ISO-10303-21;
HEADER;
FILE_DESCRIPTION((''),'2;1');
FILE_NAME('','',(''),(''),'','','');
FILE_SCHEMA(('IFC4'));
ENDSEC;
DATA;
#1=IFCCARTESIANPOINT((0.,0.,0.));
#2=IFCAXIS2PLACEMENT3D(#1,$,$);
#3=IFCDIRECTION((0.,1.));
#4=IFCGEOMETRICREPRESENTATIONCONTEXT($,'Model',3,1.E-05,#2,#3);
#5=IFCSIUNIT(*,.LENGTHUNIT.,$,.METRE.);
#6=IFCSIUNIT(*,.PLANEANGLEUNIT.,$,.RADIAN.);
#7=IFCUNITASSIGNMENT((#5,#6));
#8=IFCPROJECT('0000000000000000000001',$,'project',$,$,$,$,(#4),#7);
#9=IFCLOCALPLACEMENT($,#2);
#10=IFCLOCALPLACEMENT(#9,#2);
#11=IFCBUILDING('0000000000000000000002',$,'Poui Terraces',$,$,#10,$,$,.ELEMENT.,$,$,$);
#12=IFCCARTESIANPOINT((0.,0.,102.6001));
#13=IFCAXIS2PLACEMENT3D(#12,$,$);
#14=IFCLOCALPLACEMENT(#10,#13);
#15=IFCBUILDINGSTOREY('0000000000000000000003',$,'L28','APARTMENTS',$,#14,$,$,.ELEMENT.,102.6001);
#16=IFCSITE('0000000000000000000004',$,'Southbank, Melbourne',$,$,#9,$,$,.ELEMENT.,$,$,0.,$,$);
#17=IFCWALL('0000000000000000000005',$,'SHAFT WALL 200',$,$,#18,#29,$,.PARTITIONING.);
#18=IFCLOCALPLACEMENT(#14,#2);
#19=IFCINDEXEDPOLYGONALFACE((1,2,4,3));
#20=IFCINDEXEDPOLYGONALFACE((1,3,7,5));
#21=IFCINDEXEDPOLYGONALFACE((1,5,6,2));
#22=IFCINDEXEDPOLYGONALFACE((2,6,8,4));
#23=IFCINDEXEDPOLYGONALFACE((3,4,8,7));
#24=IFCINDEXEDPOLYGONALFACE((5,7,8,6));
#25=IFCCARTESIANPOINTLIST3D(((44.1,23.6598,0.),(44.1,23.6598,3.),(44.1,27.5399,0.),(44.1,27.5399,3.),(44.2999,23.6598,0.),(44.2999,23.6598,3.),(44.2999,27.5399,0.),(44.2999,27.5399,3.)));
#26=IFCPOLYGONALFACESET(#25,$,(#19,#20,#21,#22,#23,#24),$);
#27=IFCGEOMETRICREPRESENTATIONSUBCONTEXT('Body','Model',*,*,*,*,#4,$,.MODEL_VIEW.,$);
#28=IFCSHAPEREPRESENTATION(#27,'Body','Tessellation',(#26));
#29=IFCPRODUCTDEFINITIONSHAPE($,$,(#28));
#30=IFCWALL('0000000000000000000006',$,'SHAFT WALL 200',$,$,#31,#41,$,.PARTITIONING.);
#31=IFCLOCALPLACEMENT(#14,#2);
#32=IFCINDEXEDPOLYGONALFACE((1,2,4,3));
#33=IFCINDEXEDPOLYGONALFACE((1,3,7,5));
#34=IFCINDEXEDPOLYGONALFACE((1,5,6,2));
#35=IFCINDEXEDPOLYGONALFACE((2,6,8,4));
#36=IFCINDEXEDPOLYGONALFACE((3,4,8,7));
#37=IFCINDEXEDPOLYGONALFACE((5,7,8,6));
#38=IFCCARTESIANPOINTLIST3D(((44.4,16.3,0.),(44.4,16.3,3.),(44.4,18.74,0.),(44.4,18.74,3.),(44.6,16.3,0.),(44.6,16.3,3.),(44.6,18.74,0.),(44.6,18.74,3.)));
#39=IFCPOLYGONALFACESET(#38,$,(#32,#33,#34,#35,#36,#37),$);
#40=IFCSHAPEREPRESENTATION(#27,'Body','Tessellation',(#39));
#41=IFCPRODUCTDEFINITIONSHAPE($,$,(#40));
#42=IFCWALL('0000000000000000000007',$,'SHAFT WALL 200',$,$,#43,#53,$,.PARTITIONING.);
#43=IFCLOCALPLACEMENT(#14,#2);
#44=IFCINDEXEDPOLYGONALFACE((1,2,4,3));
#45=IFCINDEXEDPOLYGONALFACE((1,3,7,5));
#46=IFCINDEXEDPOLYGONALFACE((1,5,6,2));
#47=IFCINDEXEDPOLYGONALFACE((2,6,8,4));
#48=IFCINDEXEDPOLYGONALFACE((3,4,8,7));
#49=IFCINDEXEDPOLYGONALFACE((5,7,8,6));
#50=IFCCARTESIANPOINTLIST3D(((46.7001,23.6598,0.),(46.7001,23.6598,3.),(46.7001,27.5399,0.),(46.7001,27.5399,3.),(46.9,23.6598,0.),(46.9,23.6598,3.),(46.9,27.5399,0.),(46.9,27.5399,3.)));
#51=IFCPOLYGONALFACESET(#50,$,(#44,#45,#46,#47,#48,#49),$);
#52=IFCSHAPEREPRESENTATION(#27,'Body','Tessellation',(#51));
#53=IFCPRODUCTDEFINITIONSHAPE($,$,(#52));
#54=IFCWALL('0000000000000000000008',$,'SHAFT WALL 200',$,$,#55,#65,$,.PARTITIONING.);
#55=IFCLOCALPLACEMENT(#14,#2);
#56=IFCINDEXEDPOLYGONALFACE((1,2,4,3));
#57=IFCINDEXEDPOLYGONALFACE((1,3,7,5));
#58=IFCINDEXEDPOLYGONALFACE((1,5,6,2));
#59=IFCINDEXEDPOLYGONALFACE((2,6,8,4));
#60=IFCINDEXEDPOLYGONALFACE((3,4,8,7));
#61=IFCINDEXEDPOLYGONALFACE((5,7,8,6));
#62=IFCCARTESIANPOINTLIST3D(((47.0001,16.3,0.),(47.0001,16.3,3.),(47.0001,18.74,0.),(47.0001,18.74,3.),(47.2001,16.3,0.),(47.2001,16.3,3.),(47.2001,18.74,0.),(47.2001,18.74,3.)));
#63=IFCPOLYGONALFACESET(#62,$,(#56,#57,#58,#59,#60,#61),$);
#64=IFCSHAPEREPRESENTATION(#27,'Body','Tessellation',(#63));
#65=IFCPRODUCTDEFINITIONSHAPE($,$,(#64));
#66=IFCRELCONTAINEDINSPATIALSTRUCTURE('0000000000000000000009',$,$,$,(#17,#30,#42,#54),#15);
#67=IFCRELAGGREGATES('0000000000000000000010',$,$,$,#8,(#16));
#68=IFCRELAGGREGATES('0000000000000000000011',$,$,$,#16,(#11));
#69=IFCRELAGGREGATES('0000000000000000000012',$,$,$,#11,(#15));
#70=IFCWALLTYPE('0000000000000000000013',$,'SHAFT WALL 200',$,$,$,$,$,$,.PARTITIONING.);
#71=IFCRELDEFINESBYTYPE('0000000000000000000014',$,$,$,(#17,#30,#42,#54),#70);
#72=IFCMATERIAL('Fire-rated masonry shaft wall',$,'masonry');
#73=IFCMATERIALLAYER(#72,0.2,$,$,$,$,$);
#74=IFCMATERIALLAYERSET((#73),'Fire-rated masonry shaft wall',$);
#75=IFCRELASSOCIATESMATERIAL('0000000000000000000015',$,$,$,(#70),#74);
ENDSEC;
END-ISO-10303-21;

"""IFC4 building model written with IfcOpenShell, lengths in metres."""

from ifc_helpers import new_model, si_unit, direction, frame, frame_2d, origin, place, context, subcontext, project, spatial, rectangle, extrude, material, layer, layer_set, type_object, element, save


model = new_model("IFC4")

# Units and contexts
model_context = context("Model", 3, precision=1e-05, world=origin(), true_north=direction((0.0, 1.0)))
body_context = subcontext(model_context, "Body", "Model", "MODEL_VIEW")
ifc_project = project(units=[si_unit("LENGTHUNIT", "METRE"), si_unit("PLANEANGLEUNIT", "RADIAN")], contexts=[model_context])

# Site, building, storey
site_placement = place(None, origin())
site = spatial("IfcSite", under=ifc_project, at=site_placement, Name="Southbank, Melbourne", CompositionType="ELEMENT", RefElevation=0.0)
building_placement = place(site_placement, origin())
building = spatial("IfcBuilding", under=site, at=building_placement, Name="Poui Terraces", CompositionType="ELEMENT")
storey_placement = place(building_placement, frame((0.0, 0.0, 102.6001)))
storey = spatial("IfcBuildingStorey", under=building, at=storey_placement, Name="L28", Description="APARTMENTS", CompositionType="ELEMENT", Elevation=102.6001)

# Shared definitions
ifc_material_1 = material(Name="Fire-rated masonry shaft wall", Category="masonry")
ifc_layer_1 = layer(ifc_material_1, 0.2)
ifc_layer_set_1 = layer_set([ifc_layer_1], Name="Fire-rated masonry shaft wall")
wall_type_1 = type_object("IfcWallType", Name="SHAFT WALL 200", PredefinedType="PARTITIONING", material=ifc_layer_set_1)

# Walls
wall_1_placement = place(storey_placement, frame((44.2, 23.6599, 0.0), z_axis=(0.0, 0.0, 1.0), x_axis=(0.0, 1.0, 0.0)))
element("IfcWall", 1, at=wall_1_placement, inside=storey, type_object=wall_type_1, Name="SHAFT WALL 200", PredefinedType="PARTITIONING", context=body_context, shape_type="SweptSolid", body=[
    extrude(rectangle(XDim=3.8801, YDim=0.2, at=frame_2d((1.9399, 0.0))), origin(), (0.0, 0.0, 1.0), 3.0),
])
wall_2_placement = place(storey_placement, frame((44.5, 16.3, 0.0), z_axis=(0.0, 0.0, 1.0), x_axis=(0.0, 1.0, 0.0)))
element("IfcWall", 2, at=wall_2_placement, inside=storey, type_object=wall_type_1, Name="SHAFT WALL 200", PredefinedType="PARTITIONING", context=body_context, shape_type="SweptSolid", body=[
    extrude(rectangle(XDim=2.4399, YDim=0.2, at=frame_2d((1.22, 0.0))), origin(), (0.0, 0.0, 1.0), 3.0),
])
wall_3_placement = place(storey_placement, frame((46.8, 23.6599, 0.0), z_axis=(0.0, 0.0, 1.0), x_axis=(0.0, 1.0, 0.0)))
element("IfcWall", 3, at=wall_3_placement, inside=storey, type_object=wall_type_1, Name="SHAFT WALL 200", PredefinedType="PARTITIONING", context=body_context, shape_type="SweptSolid", body=[
    extrude(rectangle(XDim=3.8801, YDim=0.2, at=frame_2d((1.9399, 0.0))), origin(), (0.0, 0.0, 1.0), 3.0),
])
wall_4_placement = place(storey_placement, frame((47.1001, 16.3, 0.0), z_axis=(0.0, 0.0, 1.0), x_axis=(0.0, 1.0, 0.0)))
element("IfcWall", 4, at=wall_4_placement, inside=storey, type_object=wall_type_1, Name="SHAFT WALL 200", PredefinedType="PARTITIONING", context=body_context, shape_type="SweptSolid", body=[
    extrude(rectangle(XDim=2.4399, YDim=0.2, at=frame_2d((1.22, 0.0))), origin(), (0.0, 0.0, 1.0), 3.0),
])

save(model, "model.ifc")
